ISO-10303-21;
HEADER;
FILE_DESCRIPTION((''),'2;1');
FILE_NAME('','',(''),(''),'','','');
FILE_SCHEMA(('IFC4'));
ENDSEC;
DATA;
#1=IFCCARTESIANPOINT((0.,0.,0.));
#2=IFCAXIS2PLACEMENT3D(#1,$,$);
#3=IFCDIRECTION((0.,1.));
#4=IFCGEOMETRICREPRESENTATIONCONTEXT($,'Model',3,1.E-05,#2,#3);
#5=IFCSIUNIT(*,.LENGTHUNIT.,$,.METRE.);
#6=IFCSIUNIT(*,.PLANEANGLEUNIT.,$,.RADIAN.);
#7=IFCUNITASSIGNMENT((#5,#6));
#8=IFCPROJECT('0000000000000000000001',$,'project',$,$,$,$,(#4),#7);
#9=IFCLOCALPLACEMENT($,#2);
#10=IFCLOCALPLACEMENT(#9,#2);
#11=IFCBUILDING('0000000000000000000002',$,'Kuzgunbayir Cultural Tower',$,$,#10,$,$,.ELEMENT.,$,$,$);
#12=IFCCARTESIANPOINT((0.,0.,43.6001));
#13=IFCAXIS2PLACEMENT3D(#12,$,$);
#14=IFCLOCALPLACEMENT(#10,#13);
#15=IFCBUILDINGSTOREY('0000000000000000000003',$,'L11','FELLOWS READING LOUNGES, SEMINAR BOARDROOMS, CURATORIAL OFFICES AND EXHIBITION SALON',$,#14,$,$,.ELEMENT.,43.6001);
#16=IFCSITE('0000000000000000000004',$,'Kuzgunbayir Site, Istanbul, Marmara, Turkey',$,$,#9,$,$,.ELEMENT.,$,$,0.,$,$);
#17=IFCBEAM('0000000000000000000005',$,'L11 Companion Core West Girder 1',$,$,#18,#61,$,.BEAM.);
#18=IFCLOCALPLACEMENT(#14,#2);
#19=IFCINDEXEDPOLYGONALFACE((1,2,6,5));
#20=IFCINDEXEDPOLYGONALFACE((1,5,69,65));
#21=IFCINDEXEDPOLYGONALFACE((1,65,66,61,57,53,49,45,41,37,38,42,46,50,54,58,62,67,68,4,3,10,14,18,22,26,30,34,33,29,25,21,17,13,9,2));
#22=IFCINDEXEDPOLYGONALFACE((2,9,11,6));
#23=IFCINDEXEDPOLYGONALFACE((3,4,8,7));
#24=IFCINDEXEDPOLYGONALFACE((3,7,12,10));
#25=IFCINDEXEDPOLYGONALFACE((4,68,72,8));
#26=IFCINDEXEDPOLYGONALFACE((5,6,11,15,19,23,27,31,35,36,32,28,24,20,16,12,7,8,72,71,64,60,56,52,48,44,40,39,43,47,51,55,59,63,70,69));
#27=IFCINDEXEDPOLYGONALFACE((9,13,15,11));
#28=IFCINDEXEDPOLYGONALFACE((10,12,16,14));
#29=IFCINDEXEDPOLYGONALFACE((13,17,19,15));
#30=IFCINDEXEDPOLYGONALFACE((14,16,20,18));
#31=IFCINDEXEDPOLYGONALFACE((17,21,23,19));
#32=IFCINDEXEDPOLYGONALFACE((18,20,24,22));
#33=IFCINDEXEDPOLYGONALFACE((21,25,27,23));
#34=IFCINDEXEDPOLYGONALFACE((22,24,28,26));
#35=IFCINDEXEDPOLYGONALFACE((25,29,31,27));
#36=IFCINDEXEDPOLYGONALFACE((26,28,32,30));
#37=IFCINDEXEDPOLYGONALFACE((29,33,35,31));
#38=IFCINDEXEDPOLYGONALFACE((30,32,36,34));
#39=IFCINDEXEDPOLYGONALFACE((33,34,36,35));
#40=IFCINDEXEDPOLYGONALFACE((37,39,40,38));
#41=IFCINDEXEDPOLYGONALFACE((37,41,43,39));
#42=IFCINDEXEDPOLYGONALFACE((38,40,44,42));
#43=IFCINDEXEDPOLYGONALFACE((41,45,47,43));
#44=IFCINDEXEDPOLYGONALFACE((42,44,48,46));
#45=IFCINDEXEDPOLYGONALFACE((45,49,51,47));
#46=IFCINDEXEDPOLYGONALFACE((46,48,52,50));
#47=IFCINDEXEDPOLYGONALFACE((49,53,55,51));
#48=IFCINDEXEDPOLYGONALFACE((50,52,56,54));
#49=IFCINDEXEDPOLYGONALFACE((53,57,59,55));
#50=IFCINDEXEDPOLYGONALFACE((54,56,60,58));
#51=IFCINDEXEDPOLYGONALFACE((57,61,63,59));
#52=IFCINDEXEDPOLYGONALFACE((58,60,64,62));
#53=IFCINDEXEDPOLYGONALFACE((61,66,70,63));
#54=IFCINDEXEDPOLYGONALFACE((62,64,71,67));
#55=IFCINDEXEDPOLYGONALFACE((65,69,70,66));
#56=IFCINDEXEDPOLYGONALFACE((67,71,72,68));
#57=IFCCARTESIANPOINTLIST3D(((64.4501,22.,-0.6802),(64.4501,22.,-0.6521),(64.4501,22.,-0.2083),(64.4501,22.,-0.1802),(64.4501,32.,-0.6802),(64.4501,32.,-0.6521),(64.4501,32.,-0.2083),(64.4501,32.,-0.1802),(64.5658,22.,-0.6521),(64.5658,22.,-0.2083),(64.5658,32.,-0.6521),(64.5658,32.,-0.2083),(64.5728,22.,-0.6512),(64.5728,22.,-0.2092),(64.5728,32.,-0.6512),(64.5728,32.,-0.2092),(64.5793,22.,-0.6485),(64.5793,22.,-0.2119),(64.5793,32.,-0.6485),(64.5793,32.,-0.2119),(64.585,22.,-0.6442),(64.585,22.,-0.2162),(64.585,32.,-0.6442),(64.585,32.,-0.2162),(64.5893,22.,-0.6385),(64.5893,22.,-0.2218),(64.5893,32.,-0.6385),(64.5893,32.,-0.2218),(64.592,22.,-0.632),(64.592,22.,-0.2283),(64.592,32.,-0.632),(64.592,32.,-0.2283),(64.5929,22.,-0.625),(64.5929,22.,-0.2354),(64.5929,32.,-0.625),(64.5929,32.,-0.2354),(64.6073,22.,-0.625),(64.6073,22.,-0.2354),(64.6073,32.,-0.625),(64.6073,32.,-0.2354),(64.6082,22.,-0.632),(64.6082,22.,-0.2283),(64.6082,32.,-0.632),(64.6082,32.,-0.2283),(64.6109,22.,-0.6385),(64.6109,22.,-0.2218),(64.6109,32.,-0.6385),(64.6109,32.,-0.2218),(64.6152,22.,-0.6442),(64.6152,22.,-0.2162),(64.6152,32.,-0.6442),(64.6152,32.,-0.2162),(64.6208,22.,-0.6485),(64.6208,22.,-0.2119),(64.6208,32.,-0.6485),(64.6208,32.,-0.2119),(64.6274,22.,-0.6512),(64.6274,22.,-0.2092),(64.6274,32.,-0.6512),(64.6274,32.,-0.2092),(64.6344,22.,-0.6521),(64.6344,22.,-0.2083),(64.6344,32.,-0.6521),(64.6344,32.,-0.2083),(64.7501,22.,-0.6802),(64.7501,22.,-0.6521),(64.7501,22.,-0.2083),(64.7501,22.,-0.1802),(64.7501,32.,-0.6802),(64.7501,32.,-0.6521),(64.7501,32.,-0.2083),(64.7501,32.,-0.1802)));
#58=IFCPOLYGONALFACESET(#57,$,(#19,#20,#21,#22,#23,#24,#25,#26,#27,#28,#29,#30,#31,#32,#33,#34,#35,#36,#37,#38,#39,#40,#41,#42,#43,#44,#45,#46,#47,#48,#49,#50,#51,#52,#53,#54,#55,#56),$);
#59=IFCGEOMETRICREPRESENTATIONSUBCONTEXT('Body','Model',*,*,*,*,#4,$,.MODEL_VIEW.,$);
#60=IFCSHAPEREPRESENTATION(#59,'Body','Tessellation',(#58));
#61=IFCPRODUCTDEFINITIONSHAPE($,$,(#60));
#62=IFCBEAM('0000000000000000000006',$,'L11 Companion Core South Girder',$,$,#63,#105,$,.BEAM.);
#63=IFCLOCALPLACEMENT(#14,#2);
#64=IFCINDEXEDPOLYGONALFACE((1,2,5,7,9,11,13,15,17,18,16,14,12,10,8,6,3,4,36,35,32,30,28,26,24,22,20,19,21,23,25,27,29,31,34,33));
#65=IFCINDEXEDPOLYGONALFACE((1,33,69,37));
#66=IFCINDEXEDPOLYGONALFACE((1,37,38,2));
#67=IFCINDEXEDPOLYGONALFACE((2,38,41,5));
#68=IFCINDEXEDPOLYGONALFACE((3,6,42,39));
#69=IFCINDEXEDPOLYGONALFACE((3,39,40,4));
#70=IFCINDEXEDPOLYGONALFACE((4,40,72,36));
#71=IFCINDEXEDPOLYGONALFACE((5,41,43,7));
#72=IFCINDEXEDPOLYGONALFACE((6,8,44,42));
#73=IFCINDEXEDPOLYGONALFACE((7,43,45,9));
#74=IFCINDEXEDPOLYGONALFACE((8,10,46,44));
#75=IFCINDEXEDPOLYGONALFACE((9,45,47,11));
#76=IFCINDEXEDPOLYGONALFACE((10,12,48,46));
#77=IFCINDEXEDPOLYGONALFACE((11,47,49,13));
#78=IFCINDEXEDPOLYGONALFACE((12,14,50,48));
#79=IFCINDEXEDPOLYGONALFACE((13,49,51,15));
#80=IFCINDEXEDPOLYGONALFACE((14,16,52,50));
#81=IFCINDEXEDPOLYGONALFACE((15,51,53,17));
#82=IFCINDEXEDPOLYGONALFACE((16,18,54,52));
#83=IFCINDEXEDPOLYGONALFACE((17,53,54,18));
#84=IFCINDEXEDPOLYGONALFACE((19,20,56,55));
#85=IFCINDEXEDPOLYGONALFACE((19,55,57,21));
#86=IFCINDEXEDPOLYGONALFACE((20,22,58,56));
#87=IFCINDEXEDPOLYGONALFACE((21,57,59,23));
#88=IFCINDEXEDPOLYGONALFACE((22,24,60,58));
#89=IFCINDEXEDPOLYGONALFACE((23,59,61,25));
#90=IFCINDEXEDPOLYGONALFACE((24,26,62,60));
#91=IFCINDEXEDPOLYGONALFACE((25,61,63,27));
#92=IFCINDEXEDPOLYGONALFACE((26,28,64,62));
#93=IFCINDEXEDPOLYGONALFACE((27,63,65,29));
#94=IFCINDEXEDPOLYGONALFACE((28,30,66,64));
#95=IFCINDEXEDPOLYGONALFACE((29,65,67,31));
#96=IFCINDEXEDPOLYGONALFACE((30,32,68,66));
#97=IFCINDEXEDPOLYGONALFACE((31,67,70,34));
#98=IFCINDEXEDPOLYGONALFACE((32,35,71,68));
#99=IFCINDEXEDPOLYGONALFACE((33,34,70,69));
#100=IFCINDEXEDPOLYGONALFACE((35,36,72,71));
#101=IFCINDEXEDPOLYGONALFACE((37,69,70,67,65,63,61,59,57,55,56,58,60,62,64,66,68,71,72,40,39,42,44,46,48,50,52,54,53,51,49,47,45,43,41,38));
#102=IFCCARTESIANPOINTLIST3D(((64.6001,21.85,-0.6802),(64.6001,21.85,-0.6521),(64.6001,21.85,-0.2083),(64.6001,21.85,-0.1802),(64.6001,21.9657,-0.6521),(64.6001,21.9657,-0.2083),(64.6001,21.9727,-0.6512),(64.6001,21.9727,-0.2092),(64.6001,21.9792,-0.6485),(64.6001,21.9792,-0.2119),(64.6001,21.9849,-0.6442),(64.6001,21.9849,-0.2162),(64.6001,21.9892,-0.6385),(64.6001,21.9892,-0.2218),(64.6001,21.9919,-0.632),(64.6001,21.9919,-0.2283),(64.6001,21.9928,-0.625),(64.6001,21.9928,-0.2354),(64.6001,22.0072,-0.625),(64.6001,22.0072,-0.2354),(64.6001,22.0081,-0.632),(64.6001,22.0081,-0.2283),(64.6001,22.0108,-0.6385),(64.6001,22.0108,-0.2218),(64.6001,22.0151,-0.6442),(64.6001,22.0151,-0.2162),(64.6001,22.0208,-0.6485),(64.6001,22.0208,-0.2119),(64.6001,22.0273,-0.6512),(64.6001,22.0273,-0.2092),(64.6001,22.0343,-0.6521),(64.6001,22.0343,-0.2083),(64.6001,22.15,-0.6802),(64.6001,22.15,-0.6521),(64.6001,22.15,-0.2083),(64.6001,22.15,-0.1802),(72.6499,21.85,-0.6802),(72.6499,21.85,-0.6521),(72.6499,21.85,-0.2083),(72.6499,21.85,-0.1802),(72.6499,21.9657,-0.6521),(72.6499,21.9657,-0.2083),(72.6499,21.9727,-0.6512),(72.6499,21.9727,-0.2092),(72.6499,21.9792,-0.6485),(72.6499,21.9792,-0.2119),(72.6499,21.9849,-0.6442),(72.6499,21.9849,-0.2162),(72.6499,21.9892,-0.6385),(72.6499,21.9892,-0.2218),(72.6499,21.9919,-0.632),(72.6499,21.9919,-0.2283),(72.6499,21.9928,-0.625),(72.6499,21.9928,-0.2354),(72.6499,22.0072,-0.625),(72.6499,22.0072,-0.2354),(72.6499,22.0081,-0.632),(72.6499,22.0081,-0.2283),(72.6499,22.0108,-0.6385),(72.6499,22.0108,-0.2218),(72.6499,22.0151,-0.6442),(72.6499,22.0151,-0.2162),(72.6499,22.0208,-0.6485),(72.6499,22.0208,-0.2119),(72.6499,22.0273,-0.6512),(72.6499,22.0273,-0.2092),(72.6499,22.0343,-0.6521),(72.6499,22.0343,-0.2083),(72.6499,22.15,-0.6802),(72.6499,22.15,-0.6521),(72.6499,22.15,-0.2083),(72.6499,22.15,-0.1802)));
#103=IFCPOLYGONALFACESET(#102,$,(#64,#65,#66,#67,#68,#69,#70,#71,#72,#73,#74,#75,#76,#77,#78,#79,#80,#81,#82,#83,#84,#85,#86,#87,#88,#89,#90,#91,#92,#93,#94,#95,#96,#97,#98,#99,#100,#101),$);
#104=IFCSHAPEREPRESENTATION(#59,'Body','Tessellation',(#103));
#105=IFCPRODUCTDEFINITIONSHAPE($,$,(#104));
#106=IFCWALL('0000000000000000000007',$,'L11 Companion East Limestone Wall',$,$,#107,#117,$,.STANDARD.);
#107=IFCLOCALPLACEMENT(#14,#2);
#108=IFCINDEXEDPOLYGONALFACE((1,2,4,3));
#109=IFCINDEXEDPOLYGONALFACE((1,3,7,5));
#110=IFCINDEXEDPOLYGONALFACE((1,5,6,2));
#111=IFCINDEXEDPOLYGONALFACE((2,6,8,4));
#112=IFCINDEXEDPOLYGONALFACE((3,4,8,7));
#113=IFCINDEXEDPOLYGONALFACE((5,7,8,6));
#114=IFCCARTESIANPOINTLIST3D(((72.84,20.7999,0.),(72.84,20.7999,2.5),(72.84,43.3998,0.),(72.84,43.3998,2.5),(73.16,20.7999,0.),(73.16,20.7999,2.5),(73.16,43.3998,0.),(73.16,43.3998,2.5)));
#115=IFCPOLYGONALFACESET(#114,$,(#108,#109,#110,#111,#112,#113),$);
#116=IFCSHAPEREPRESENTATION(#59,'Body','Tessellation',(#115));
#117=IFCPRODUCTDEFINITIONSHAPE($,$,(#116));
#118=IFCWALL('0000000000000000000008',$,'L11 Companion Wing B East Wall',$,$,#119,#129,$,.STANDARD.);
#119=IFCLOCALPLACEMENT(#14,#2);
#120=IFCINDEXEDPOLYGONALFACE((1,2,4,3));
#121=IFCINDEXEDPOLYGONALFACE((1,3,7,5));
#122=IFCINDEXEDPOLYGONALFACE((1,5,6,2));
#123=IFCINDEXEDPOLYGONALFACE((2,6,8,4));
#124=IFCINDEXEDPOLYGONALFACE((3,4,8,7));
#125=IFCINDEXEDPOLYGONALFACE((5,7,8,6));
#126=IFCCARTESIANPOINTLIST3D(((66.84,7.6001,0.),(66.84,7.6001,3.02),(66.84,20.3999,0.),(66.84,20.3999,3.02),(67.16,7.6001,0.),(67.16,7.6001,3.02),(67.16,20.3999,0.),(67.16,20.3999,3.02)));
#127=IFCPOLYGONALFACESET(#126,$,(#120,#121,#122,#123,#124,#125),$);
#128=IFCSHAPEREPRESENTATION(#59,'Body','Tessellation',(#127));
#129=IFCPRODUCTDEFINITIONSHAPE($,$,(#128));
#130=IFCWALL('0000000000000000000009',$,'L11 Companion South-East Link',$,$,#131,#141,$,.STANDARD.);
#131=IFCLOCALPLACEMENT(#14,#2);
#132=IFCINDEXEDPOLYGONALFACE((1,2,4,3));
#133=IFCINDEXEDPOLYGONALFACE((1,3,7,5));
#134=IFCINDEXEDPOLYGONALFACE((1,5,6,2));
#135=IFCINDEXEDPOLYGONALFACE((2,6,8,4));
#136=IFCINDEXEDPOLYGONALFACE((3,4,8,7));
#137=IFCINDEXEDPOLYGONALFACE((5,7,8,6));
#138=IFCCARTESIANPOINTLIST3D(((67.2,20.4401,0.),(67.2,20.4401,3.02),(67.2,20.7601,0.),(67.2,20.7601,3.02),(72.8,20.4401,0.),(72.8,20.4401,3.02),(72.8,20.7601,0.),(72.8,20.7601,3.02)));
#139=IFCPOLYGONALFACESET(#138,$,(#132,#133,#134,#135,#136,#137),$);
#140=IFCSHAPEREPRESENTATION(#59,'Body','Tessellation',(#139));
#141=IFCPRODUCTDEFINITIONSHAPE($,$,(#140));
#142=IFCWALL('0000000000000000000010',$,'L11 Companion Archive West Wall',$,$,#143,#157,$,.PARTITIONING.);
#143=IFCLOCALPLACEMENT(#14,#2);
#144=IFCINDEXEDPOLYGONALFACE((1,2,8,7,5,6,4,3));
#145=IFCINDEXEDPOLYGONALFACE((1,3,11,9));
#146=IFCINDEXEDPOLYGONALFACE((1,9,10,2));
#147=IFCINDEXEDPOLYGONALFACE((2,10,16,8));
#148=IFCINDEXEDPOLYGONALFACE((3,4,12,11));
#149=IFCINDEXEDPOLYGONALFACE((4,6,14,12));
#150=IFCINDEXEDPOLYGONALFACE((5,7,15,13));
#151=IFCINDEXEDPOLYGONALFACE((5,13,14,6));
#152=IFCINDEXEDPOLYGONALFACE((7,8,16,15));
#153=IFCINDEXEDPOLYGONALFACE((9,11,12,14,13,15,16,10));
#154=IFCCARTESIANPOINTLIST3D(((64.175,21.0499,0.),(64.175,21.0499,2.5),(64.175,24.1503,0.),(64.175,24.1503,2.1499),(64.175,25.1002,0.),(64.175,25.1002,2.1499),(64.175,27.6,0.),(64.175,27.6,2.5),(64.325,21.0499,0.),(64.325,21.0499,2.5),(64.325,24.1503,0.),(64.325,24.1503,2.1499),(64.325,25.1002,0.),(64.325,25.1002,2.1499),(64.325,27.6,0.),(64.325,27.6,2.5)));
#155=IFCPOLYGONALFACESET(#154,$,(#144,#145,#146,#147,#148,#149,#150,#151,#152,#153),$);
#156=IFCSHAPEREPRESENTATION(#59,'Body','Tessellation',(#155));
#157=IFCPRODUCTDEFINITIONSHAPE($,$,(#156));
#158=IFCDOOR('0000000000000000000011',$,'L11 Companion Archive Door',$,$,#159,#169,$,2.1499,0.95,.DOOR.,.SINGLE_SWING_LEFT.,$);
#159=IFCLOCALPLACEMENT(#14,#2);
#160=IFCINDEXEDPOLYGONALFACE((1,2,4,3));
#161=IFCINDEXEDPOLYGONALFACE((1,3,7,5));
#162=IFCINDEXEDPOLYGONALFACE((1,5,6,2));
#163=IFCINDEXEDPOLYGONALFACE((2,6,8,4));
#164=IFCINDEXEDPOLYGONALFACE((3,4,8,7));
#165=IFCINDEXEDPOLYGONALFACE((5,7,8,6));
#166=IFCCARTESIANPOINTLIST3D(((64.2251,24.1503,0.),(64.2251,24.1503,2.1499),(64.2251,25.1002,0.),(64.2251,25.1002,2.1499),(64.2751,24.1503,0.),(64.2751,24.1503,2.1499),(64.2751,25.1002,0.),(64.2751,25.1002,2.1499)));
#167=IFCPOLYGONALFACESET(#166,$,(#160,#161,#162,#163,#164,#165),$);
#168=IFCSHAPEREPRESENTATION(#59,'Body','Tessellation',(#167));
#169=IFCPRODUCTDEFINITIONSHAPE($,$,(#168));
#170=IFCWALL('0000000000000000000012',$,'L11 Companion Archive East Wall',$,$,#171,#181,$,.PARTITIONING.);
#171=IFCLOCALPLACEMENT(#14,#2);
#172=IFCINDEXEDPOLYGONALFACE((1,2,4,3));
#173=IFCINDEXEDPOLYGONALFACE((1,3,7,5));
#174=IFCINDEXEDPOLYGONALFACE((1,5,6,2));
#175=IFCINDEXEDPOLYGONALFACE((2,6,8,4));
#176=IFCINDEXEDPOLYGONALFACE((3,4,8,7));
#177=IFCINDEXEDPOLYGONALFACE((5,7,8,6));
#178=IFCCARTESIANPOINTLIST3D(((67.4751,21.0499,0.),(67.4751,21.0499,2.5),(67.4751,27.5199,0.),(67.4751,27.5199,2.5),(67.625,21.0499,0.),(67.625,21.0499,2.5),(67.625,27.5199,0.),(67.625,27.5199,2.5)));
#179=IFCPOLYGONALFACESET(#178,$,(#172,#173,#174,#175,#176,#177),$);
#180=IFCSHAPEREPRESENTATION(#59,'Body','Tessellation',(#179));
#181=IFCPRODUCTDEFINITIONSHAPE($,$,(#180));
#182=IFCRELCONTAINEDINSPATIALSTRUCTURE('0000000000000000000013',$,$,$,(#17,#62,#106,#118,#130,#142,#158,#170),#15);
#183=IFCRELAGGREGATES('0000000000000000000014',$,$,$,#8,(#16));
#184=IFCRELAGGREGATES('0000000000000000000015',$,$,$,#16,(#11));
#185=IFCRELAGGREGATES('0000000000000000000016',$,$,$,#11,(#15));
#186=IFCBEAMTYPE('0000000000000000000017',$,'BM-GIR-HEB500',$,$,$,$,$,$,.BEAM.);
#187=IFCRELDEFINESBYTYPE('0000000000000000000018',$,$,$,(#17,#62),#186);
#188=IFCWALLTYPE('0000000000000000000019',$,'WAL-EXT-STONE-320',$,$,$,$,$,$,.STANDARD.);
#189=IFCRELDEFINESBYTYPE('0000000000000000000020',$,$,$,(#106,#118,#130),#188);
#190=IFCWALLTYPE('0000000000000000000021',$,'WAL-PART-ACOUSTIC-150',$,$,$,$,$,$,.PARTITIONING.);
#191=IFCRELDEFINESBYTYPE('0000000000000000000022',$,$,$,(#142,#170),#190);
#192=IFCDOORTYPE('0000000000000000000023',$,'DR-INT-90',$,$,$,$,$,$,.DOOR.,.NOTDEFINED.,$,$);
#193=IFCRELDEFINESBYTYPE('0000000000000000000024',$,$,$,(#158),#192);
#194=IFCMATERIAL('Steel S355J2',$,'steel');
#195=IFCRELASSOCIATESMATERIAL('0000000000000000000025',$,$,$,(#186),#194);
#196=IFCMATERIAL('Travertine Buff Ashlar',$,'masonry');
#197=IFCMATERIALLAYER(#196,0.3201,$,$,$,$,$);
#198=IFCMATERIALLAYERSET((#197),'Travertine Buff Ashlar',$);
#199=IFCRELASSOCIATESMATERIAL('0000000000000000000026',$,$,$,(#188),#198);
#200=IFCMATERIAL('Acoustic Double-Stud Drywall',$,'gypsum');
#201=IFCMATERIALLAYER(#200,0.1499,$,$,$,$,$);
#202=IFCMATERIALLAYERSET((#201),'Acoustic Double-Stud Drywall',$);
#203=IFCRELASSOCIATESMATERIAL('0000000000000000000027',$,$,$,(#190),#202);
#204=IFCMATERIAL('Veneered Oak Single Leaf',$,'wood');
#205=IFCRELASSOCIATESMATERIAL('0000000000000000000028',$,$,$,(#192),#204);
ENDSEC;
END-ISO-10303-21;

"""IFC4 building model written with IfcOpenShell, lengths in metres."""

from ifc_helpers import new_model, si_unit, direction, frame, frame_2d, origin, origin_2d, place, context, subcontext, project, spatial, rectangle, i_section, extrude, material, layer, layer_set, material_profile, profile_set, type_object, element, fill, save


model = new_model("IFC4")

# Units and contexts
model_context = context("Model", 3, precision=1e-05, world=origin(), true_north=direction((0.0, 1.0)))
body_context = subcontext(model_context, "Body", "Model", "MODEL_VIEW")
ifc_project = project(units=[si_unit("LENGTHUNIT", "METRE"), si_unit("PLANEANGLEUNIT", "RADIAN")], contexts=[model_context])

# Site, building, storey
site_placement = place(None, origin())
site = spatial("IfcSite", under=ifc_project, at=site_placement, Name="Kuzgunbayir Site, Istanbul, Marmara, Turkey", CompositionType="ELEMENT", RefElevation=0.0)
building_placement = place(site_placement, origin())
building = spatial("IfcBuilding", under=site, at=building_placement, Name="Kuzgunbayir Cultural Tower", CompositionType="ELEMENT")
storey_placement = place(building_placement, frame((0.0, 0.0, 43.6001)))
storey = spatial("IfcBuildingStorey", under=building, at=storey_placement, Name="L11", Description="FELLOWS READING LOUNGES, SEMINAR BOARDROOMS, CURATORIAL OFFICES AND EXHIBITION SALON", CompositionType="ELEMENT", Elevation=43.6001)

# Beams
ifc_material_1 = material(Name="Steel S355J2", Category="steel")
ifc_material_profile_1 = material_profile(ifc_material_1, i_section(OverallWidth=0.3, OverallDepth=0.5, WebThickness=0.0144, FlangeThickness=0.0281, FilletRadius=0.0271, at=origin_2d()), Name="HEB 500")
ifc_profile_set_1 = profile_set([ifc_material_profile_1], Name="Steel S355J2")
beam_type_1 = type_object("IfcBeamType", Name="BM-GIR-HEB500", PredefinedType="BEAM", material=ifc_profile_set_1)
beam_1_placement = place(storey_placement, frame((64.6001, 22.0, -0.4302), z_axis=(0.0, 1.0, 0.0), x_axis=(-1.0, 0.0, 0.0)))
element("IfcBeam", 1, at=beam_1_placement, inside=storey, type_object=beam_type_1, Name="L11 Companion Core West Girder 1", PredefinedType="BEAM", context=body_context, shape_type="SweptSolid", body=[
    extrude(i_section(OverallWidth=0.3, OverallDepth=0.5, WebThickness=0.0144, FlangeThickness=0.0281, FilletRadius=0.0271, at=origin_2d()), origin(), (0.0, 0.0, 1.0), 10.0),
])
beam_2_placement = place(storey_placement, frame((64.6001, 22.0, -0.4302), z_axis=(1.0, 0.0, 0.0), x_axis=(0.0, 1.0, 0.0)))
element("IfcBeam", 2, at=beam_2_placement, inside=storey, type_object=beam_type_1, Name="L11 Companion Core South Girder", PredefinedType="BEAM", context=body_context, shape_type="SweptSolid", body=[
    extrude(i_section(OverallWidth=0.3, OverallDepth=0.5, WebThickness=0.0144, FlangeThickness=0.0281, FilletRadius=0.0271, at=origin_2d()), origin(), (0.0, 0.0, 1.0), 8.0498),
])

# Walls
ifc_material_2 = material(Name="Travertine Buff Ashlar", Category="masonry")
ifc_layer_1 = layer(ifc_material_2, 0.3201)
ifc_layer_set_1 = layer_set([ifc_layer_1], Name="Travertine Buff Ashlar")
wall_type_1 = type_object("IfcWallType", Name="WAL-EXT-STONE-320", PredefinedType="STANDARD", material=ifc_layer_set_1)
wall_1_placement = place(storey_placement, frame((73.0, 20.8, 0.0), z_axis=(0.0, 0.0, 1.0), x_axis=(0.0, 1.0, 0.0)))
element("IfcWall", 3, at=wall_1_placement, inside=storey, type_object=wall_type_1, Name="L11 Companion East Limestone Wall", PredefinedType="STANDARD", context=body_context, shape_type="SweptSolid", body=[
    extrude(rectangle(XDim=22.5999, YDim=0.3201, at=frame_2d((11.2998, 0.0))), origin(), (0.0, 0.0, 1.0), 2.5),
])
wall_2_placement = place(storey_placement, frame((67.0, 7.6001, 0.0), z_axis=(0.0, 0.0, 1.0), x_axis=(0.0, 1.0, 0.0)))
element("IfcWall", 4, at=wall_2_placement, inside=storey, type_object=wall_type_1, Name="L11 Companion Wing B East Wall", PredefinedType="STANDARD", context=body_context, shape_type="SweptSolid", body=[
    extrude(rectangle(XDim=12.7998, YDim=0.3201, at=frame_2d((6.3999, 0.0))), origin(), (0.0, 0.0, 1.0), 3.02),
])
wall_3_placement = place(storey_placement, frame((67.2, 20.6001, 0.0), z_axis=(0.0, 0.0, 1.0), x_axis=(1.0, 0.0, 0.0)))
element("IfcWall", 5, at=wall_3_placement, inside=storey, type_object=wall_type_1, Name="L11 Companion South-East Link", PredefinedType="STANDARD", context=body_context, shape_type="SweptSolid", body=[
    extrude(rectangle(XDim=5.6001, YDim=0.3201, at=frame_2d((2.8, 0.0))), origin(), (0.0, 0.0, 1.0), 3.02),
])

# Wall, opening, door
ifc_material_3 = material(Name="Acoustic Double-Stud Drywall", Category="gypsum")
ifc_layer_2 = layer(ifc_material_3, 0.1499)
ifc_layer_set_2 = layer_set([ifc_layer_2], Name="Acoustic Double-Stud Drywall")
wall_type_2 = type_object("IfcWallType", Name="WAL-PART-ACOUSTIC-150", PredefinedType="PARTITIONING", material=ifc_layer_set_2)
wall_4_placement = place(storey_placement, frame((64.25, 21.05, 0.0), z_axis=(0.0, 0.0, 1.0), x_axis=(0.0, 1.0, 0.0)))
wall_4 = element("IfcWall", 6, at=wall_4_placement, inside=storey, type_object=wall_type_2, Name="L11 Companion Archive West Wall", PredefinedType="PARTITIONING", context=body_context, shape_type="SweptSolid", body=[
    extrude(rectangle(XDim=6.55, YDim=0.1499, at=frame_2d((3.2749, 0.0))), origin(), (0.0, 0.0, 1.0), 2.5),
])
opening_1_placement = place(wall_4_placement, frame((3.1001, 0.0, 0.0)))
opening_1 = element("IfcOpeningElement", 7, at=opening_1_placement, cuts=wall_4, PredefinedType="OPENING", context=body_context, shape_type="SweptSolid", body=[
    extrude(rectangle(XDim=0.95, YDim=2.1499, at=frame_2d((0.4751, 1.075))), frame((0.0, 0.085, 0.0), z_axis=(0.0, -1.0, 0.0), x_axis=(1.0, 0.0, 0.0)), (0.0, 0.0, 1.0), 0.1699),
])
ifc_material_4 = material(Name="Veneered Oak Single Leaf", Category="wood")
door_type_1 = type_object("IfcDoorType", Name="DR-INT-90", OperationType="NOTDEFINED", PredefinedType="DOOR", material=ifc_material_4)
door_1_placement = place(opening_1_placement, origin())
door_1 = element("IfcDoor", 8, at=door_1_placement, inside=storey, type_object=door_type_1, Name="L11 Companion Archive Door", OperationType="SINGLE_SWING_LEFT", OverallHeight=2.1499, OverallWidth=0.95, PredefinedType="DOOR", context=body_context, shape_type="SweptSolid", body=[
    extrude(rectangle(XDim=0.95, YDim=2.1499, at=frame_2d((0.4751, 1.075))), frame((0.0, 0.0249, 0.0), z_axis=(0.0, -1.0, 0.0), x_axis=(1.0, 0.0, 0.0)), (0.0, 0.0, 1.0), 0.05),
])
fill(opening_1, door_1)

# Wall
wall_5_placement = place(storey_placement, frame((67.55, 21.05, 0.0), z_axis=(0.0, 0.0, 1.0), x_axis=(0.0, 1.0, 0.0)))
element("IfcWall", 9, at=wall_5_placement, inside=storey, type_object=wall_type_2, Name="L11 Companion Archive East Wall", PredefinedType="PARTITIONING", context=body_context, shape_type="SweptSolid", body=[
    extrude(rectangle(XDim=6.47, YDim=0.1499, at=frame_2d((3.2349, 0.0))), origin(), (0.0, 0.0, 1.0), 2.5),
])

save(model, "model.ifc")
